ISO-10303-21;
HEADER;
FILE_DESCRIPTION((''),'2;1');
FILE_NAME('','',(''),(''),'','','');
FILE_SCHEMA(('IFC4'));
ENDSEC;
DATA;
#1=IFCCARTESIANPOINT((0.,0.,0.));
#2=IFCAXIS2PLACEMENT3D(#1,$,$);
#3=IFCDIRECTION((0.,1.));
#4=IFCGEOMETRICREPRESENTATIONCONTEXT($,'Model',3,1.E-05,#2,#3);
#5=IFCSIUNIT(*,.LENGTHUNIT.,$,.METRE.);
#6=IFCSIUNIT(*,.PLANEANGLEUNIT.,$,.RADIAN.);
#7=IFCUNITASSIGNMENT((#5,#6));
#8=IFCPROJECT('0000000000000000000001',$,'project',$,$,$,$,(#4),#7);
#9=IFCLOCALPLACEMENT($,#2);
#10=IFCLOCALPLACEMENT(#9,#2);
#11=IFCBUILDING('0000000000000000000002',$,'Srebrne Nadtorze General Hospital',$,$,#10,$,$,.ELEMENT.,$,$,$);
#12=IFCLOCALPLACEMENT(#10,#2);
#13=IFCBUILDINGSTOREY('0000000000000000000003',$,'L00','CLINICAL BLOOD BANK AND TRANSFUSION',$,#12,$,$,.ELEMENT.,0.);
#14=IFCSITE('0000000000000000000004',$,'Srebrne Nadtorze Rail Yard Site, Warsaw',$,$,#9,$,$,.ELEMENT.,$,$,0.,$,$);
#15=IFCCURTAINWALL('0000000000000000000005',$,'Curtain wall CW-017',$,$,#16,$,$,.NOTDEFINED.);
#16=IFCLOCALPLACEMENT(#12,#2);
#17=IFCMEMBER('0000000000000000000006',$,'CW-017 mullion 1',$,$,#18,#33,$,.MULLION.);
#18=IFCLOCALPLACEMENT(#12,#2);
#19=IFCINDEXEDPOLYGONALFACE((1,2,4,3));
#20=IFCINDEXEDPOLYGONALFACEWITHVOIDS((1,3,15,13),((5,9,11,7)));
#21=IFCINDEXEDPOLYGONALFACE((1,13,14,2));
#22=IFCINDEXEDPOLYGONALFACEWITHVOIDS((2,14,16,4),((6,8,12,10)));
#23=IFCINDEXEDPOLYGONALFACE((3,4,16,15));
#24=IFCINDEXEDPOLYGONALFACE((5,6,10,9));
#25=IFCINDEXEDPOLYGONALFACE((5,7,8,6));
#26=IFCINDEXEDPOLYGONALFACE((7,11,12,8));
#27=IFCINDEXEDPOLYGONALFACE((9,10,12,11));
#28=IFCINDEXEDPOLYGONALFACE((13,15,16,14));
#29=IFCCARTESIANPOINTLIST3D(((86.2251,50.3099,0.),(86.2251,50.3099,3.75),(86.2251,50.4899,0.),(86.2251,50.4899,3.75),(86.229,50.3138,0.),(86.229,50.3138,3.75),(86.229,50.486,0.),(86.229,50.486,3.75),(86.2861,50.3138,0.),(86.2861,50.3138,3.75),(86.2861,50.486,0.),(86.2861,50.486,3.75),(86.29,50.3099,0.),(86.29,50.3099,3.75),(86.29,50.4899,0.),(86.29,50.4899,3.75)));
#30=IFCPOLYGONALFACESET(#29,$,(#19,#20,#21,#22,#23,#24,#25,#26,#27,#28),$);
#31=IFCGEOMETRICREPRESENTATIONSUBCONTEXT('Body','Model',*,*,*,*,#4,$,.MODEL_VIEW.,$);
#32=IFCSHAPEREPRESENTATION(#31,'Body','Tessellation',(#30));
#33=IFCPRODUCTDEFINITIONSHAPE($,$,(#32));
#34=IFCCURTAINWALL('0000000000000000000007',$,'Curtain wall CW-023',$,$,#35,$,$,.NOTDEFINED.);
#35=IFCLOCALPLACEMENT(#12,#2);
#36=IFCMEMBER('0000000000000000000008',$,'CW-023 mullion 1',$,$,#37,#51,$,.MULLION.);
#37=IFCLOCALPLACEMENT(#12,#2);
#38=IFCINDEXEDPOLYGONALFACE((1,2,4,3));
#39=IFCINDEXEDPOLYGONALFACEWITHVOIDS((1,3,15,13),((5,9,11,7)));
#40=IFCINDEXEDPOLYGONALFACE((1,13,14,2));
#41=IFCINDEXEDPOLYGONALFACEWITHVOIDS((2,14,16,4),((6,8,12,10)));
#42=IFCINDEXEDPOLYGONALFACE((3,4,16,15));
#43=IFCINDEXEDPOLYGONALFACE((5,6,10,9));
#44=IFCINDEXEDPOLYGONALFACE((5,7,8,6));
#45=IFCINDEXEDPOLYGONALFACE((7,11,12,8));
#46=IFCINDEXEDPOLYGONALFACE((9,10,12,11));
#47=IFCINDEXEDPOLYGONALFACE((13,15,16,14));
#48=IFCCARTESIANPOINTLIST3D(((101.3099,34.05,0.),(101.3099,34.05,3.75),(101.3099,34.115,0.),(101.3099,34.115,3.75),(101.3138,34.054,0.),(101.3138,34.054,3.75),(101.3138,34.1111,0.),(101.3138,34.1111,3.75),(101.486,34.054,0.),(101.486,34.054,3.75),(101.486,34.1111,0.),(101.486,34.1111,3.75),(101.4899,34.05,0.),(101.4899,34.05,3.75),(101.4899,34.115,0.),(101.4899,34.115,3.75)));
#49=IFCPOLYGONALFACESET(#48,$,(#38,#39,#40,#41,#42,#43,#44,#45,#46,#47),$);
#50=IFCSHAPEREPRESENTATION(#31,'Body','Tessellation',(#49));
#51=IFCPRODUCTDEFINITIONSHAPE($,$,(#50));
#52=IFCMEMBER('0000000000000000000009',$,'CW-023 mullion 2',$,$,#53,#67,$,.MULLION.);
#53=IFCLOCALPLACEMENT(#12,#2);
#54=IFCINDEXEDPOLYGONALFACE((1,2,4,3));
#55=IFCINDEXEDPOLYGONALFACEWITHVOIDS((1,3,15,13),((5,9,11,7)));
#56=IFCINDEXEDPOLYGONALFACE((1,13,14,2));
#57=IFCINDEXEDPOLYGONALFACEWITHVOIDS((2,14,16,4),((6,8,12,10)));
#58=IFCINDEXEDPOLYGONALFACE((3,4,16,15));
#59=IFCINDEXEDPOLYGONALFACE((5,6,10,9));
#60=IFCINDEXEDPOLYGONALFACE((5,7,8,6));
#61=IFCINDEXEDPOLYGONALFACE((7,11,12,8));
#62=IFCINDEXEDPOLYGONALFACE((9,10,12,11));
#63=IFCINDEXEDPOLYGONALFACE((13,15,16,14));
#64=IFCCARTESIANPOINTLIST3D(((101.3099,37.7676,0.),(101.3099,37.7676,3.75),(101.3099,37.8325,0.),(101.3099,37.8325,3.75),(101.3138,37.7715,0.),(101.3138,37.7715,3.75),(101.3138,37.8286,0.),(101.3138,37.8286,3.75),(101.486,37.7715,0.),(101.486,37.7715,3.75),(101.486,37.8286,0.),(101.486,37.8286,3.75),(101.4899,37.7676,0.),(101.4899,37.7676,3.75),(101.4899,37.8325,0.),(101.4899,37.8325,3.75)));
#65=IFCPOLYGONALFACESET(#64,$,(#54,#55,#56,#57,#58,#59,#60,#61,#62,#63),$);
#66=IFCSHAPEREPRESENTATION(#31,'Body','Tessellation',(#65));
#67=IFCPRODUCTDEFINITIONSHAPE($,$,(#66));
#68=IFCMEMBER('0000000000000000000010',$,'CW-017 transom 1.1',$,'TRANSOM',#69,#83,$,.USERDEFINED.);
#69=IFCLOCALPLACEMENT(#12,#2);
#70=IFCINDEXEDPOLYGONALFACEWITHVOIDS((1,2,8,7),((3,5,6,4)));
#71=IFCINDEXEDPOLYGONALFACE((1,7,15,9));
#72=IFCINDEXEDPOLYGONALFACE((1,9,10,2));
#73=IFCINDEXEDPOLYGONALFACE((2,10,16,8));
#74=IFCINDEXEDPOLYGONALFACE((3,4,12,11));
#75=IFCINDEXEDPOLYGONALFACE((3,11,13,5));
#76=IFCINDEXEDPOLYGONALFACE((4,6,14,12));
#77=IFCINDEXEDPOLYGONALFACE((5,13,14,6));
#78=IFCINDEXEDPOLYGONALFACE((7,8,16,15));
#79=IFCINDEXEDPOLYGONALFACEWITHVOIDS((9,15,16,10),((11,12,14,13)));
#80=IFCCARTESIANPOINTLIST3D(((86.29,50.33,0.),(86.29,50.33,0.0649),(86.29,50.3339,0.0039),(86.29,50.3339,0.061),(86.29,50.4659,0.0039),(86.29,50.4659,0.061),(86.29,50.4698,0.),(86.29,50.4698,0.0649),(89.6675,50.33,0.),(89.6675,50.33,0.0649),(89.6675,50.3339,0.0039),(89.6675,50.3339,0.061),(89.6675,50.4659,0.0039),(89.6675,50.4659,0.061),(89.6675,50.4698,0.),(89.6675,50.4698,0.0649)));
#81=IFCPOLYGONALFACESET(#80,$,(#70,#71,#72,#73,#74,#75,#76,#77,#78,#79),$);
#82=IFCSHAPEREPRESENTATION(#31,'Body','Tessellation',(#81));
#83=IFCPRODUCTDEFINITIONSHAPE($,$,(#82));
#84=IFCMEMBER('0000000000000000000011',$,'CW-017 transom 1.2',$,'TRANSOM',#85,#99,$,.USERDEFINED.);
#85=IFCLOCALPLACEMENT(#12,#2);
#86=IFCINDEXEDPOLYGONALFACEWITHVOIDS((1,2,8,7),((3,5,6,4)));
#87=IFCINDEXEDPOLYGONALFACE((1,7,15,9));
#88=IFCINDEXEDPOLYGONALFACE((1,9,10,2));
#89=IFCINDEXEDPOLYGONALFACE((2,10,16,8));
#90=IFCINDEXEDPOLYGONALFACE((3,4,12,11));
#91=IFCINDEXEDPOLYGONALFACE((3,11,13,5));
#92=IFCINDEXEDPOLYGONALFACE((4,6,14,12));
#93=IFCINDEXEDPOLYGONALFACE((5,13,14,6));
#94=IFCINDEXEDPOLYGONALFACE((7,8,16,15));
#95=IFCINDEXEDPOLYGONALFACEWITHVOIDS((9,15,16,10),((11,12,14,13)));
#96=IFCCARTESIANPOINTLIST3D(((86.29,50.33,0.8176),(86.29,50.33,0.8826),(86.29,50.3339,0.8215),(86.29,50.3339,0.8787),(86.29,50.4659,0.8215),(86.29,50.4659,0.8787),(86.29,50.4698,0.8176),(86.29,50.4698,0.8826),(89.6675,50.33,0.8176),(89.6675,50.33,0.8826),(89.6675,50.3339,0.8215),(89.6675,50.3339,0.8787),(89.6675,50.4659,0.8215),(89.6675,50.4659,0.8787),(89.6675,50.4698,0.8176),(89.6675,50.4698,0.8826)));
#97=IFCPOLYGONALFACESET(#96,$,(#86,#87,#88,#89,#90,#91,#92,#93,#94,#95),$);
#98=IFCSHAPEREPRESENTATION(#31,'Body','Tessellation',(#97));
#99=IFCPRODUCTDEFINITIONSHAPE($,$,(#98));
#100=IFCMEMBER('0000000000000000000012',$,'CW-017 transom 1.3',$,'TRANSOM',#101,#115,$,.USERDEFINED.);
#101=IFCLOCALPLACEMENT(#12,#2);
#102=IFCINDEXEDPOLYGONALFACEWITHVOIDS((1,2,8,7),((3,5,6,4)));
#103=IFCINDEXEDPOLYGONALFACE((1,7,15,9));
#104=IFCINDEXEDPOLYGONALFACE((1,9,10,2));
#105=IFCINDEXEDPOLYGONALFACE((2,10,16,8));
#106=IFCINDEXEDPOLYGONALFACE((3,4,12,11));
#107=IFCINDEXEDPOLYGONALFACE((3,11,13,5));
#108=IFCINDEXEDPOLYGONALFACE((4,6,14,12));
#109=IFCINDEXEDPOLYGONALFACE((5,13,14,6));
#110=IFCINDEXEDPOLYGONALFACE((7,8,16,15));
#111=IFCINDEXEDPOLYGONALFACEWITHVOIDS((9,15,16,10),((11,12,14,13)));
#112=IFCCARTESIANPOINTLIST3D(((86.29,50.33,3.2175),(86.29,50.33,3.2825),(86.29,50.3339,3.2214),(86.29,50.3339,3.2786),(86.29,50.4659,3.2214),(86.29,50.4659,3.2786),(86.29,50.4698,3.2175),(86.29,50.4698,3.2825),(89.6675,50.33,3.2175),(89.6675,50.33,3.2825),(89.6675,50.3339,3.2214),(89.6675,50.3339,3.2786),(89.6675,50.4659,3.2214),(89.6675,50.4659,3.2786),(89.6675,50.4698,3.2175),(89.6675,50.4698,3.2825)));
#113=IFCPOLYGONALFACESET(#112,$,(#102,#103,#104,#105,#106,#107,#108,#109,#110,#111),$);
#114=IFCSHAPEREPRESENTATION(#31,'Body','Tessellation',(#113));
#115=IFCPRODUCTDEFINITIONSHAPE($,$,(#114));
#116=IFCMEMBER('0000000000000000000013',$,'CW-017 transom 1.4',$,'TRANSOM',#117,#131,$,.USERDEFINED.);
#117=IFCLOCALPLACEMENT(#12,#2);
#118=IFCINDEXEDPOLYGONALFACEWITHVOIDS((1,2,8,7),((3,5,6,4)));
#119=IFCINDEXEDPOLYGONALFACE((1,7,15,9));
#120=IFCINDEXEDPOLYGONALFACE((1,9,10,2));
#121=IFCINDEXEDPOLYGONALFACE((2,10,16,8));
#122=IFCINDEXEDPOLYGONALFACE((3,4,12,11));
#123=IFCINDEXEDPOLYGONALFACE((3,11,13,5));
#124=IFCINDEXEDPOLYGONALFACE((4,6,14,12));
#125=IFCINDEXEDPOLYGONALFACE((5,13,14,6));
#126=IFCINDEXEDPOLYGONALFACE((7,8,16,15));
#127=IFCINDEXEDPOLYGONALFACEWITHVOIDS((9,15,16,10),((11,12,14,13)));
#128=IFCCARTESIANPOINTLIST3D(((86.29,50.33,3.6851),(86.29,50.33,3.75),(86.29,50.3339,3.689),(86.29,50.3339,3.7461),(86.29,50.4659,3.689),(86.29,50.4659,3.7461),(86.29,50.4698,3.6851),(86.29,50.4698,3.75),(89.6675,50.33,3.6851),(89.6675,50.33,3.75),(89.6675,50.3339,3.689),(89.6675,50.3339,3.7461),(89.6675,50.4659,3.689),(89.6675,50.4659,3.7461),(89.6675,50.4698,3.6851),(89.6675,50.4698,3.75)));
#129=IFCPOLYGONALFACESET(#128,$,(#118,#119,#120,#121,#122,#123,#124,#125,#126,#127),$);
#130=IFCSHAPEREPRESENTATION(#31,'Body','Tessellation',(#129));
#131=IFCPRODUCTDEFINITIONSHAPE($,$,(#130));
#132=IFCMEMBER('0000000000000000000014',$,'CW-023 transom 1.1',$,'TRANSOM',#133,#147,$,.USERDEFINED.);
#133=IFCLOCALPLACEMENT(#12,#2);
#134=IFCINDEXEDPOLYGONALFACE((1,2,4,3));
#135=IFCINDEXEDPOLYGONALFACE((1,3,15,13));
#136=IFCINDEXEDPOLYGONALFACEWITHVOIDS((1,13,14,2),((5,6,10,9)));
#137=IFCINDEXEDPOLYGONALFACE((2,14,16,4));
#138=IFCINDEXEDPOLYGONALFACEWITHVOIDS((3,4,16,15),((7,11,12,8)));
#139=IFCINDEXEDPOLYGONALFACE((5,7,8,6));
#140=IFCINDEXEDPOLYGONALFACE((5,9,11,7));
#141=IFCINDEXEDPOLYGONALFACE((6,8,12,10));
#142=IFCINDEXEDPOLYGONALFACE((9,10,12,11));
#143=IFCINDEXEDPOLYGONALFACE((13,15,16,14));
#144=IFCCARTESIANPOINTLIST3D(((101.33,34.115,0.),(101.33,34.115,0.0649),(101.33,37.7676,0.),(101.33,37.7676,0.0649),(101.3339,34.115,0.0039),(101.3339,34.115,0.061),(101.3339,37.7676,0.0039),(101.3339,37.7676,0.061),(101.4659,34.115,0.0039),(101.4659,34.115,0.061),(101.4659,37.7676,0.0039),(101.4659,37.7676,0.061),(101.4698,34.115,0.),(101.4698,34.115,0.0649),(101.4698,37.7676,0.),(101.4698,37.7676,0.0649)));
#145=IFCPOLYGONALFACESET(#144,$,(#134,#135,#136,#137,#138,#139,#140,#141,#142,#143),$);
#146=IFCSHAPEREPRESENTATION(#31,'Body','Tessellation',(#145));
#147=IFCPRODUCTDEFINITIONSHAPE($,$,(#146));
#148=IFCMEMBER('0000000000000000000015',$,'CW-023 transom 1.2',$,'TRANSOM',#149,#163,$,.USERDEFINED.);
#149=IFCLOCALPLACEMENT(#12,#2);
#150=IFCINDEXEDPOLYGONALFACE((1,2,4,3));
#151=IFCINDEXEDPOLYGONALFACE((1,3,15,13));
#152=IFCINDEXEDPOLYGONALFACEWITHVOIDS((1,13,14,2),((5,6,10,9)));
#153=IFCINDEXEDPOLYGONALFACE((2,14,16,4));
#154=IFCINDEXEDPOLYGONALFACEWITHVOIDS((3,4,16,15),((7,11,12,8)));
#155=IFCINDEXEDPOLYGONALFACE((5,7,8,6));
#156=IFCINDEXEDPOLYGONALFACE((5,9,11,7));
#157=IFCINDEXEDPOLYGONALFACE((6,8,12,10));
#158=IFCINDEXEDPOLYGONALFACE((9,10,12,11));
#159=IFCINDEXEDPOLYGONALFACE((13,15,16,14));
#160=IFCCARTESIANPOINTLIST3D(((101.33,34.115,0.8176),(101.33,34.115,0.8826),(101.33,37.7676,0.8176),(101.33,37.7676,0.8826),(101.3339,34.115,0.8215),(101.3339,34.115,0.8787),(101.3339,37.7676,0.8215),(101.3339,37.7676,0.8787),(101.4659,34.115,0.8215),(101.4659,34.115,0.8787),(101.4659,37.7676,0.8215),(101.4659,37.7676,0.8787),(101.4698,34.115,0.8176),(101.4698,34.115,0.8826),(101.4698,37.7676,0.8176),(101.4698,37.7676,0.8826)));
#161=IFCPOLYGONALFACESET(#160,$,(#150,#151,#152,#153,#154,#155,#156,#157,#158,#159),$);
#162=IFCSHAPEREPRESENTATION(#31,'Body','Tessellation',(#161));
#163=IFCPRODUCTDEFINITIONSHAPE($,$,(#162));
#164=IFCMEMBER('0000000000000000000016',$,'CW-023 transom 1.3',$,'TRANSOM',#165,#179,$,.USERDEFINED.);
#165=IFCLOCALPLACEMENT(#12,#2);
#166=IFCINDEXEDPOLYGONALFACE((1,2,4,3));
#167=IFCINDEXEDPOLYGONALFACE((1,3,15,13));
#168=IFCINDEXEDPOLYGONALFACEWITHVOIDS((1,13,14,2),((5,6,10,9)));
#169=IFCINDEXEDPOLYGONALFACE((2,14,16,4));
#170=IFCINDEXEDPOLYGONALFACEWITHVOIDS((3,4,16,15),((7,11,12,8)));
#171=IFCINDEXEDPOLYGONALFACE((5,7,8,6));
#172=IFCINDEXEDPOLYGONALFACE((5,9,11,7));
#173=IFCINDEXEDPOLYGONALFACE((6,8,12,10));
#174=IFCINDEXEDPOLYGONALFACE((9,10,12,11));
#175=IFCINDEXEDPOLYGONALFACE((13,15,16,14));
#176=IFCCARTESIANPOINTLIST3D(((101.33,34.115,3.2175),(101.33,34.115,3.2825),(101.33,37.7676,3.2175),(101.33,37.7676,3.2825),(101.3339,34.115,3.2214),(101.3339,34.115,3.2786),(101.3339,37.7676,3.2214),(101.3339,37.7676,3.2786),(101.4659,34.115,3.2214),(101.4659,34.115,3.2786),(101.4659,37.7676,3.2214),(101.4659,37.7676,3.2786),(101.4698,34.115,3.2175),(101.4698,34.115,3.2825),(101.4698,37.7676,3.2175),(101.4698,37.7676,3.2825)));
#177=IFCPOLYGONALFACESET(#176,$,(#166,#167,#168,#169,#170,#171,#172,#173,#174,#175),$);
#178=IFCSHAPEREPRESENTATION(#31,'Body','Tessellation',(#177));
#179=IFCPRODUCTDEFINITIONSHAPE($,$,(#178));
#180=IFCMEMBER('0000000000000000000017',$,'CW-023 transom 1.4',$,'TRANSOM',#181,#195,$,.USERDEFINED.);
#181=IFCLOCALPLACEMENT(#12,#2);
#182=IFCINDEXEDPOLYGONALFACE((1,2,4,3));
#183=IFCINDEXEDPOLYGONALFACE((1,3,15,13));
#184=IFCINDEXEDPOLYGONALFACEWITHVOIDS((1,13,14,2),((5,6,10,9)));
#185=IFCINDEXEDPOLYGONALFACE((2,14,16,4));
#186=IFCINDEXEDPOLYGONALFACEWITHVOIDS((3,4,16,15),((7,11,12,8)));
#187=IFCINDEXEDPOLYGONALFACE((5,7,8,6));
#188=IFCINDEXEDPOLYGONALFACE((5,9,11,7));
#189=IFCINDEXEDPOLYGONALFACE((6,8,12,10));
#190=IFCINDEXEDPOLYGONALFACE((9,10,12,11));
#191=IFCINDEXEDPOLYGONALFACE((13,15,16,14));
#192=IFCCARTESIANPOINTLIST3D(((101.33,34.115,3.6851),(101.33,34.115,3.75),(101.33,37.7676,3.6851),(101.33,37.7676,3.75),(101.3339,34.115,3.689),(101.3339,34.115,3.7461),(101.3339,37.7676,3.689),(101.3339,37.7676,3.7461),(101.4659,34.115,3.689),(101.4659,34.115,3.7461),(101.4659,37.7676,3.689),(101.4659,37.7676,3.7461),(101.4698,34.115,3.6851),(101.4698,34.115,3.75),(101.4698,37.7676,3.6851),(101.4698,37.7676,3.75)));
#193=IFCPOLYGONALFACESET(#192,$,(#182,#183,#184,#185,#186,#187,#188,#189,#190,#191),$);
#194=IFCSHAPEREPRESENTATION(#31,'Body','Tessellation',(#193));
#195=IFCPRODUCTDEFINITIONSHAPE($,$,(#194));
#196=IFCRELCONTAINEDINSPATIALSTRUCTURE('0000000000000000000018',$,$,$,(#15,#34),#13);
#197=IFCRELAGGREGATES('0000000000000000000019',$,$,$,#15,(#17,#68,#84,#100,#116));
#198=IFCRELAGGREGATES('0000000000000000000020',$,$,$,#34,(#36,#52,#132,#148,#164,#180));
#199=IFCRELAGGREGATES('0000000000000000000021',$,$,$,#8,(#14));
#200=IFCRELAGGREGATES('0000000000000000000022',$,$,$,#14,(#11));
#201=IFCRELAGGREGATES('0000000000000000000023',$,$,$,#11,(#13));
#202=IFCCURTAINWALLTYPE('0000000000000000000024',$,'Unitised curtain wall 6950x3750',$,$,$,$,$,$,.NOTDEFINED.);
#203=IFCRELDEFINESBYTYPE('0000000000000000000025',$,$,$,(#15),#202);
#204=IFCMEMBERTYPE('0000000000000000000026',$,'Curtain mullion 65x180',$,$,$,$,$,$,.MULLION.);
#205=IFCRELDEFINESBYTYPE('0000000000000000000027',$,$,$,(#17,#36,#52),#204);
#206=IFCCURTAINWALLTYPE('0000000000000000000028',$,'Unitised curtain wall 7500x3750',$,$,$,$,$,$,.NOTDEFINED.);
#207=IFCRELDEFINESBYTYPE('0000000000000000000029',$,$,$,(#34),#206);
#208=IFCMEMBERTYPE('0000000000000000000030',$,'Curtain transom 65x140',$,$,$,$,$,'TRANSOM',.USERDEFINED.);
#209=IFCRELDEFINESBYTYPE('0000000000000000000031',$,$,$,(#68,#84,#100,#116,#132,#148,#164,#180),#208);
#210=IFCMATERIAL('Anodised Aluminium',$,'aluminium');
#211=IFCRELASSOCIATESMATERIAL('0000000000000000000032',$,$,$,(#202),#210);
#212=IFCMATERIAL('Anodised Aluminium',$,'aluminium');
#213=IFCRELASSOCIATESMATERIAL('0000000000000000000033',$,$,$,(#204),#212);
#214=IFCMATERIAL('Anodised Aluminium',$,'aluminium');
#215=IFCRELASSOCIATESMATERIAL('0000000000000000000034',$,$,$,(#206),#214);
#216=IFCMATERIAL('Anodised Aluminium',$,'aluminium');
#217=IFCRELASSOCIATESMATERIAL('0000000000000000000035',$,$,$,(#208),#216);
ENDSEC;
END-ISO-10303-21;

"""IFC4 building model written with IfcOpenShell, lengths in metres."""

from ifc_helpers import new_model, si_unit, direction, frame, origin, origin_2d, place, context, subcontext, project, spatial, hollow_rectangle, extrude, material, material_profile, profile_set, type_object, element, aggregate, save


model = new_model("IFC4")

# Units and contexts
model_context = context("Model", 3, precision=1e-05, world=origin(), true_north=direction((0.0, 1.0)))
body_context = subcontext(model_context, "Body", "Model", "MODEL_VIEW")
ifc_project = project(units=[si_unit("LENGTHUNIT", "METRE"), si_unit("PLANEANGLEUNIT", "RADIAN")], contexts=[model_context])

# Site, building, storey
site_placement = place(None, origin())
site = spatial("IfcSite", under=ifc_project, at=site_placement, Name="Srebrne Nadtorze Rail Yard Site, Warsaw", CompositionType="ELEMENT", RefElevation=0.0)
building_placement = place(site_placement, origin())
building = spatial("IfcBuilding", under=site, at=building_placement, Name="Srebrne Nadtorze General Hospital", CompositionType="ELEMENT")
storey_placement = place(building_placement, origin())
storey = spatial("IfcBuildingStorey", under=building, at=storey_placement, Name="L00", Description="CLINICAL BLOOD BANK AND TRANSFUSION", CompositionType="ELEMENT", Elevation=0.0)

# Curtain wall, member
ifc_material_1 = material(Name="Anodised Aluminium", Category="aluminium")
curtain_wall_type_1 = type_object("IfcCurtainWallType", Name="Unitised curtain wall 6950x3750", PredefinedType="NOTDEFINED", material=ifc_material_1)
curtain_wall_1_placement = place(storey_placement, origin())
curtain_wall_1 = element("IfcCurtainWall", 1, at=curtain_wall_1_placement, inside=storey, type_object=curtain_wall_type_1, Name="Curtain wall CW-017", PredefinedType="NOTDEFINED")
ifc_material_2 = material(Name="Anodised Aluminium", Category="aluminium")
ifc_material_profile_1 = material_profile(ifc_material_2, hollow_rectangle(XDim=0.0649, YDim=0.1799, WallThickness=0.0039, at=origin_2d()), Name="AL-MUL-65x180")
ifc_profile_set_1 = profile_set([ifc_material_profile_1], Name="Anodised Aluminium")
member_type_1 = type_object("IfcMemberType", Name="Curtain mullion 65x180", PredefinedType="MULLION", material=ifc_profile_set_1)
member_1_placement = place(storey_placement, frame((86.2576, 50.3999, 0.0), z_axis=(0.0, 0.0, 1.0), x_axis=(1.0, 0.0, 0.0)))
member_1 = element("IfcMember", 2, at=member_1_placement, type_object=member_type_1, Name="CW-017 mullion 1", PredefinedType="MULLION", context=body_context, shape_type="SweptSolid", body=[
    extrude(hollow_rectangle(XDim=0.0649, YDim=0.1799, WallThickness=0.0039, at=origin_2d()), origin(), (0.0, 0.0, 1.0), 3.75),
])

# Curtain wall, members
ifc_material_3 = material(Name="Anodised Aluminium", Category="aluminium")
curtain_wall_type_2 = type_object("IfcCurtainWallType", Name="Unitised curtain wall 7500x3750", PredefinedType="NOTDEFINED", material=ifc_material_3)
curtain_wall_2_placement = place(storey_placement, origin())
curtain_wall_2 = element("IfcCurtainWall", 3, at=curtain_wall_2_placement, inside=storey, type_object=curtain_wall_type_2, Name="Curtain wall CW-023", PredefinedType="NOTDEFINED")
member_2_placement = place(storey_placement, frame((101.3999, 34.0825, 0.0), z_axis=(0.0, 0.0, 1.0), x_axis=(0.0, 1.0, 0.0)))
member_2 = element("IfcMember", 4, at=member_2_placement, type_object=member_type_1, Name="CW-023 mullion 1", PredefinedType="MULLION", context=body_context, shape_type="SweptSolid", body=[
    extrude(hollow_rectangle(XDim=0.0649, YDim=0.1799, WallThickness=0.0039, at=origin_2d()), origin(), (0.0, 0.0, 1.0), 3.75),
])
member_3_placement = place(storey_placement, frame((101.3999, 37.8, 0.0), z_axis=(0.0, 0.0, 1.0), x_axis=(0.0, 1.0, 0.0)))
member_3 = element("IfcMember", 5, at=member_3_placement, type_object=member_type_1, Name="CW-023 mullion 2", PredefinedType="MULLION", context=body_context, shape_type="SweptSolid", body=[
    extrude(hollow_rectangle(XDim=0.0649, YDim=0.1799, WallThickness=0.0039, at=origin_2d()), origin(), (0.0, 0.0, 1.0), 3.75),
])

# Members
ifc_material_4 = material(Name="Anodised Aluminium", Category="aluminium")
ifc_material_profile_2 = material_profile(ifc_material_4, hollow_rectangle(XDim=0.0649, YDim=0.1399, WallThickness=0.0039, at=origin_2d()), Name="AL-TRN-65x140")
ifc_profile_set_2 = profile_set([ifc_material_profile_2], Name="Anodised Aluminium")
member_type_2 = type_object("IfcMemberType", Name="Curtain transom 65x140", ElementType="TRANSOM", PredefinedType="USERDEFINED", material=ifc_profile_set_2)
member_4_placement = place(storey_placement, frame((86.29, 50.3999, 0.0325), z_axis=(1.0, 0.0, 0.0), x_axis=(0.0, 0.0, 1.0)))
member_4 = element("IfcMember", 6, at=member_4_placement, type_object=member_type_2, Name="CW-017 transom 1.1", ObjectType="TRANSOM", PredefinedType="USERDEFINED", context=body_context, shape_type="SweptSolid", body=[
    extrude(hollow_rectangle(XDim=0.0649, YDim=0.1399, WallThickness=0.0039, at=origin_2d()), origin(), (0.0, 0.0, 1.0), 3.3774),
])
member_5_placement = place(storey_placement, frame((86.29, 50.3999, 0.8501), z_axis=(1.0, 0.0, 0.0), x_axis=(0.0, 0.0, 1.0)))
member_5 = element("IfcMember", 7, at=member_5_placement, type_object=member_type_2, Name="CW-017 transom 1.2", ObjectType="TRANSOM", PredefinedType="USERDEFINED", context=body_context, shape_type="SweptSolid", body=[
    extrude(hollow_rectangle(XDim=0.0649, YDim=0.1399, WallThickness=0.0039, at=origin_2d()), origin(), (0.0, 0.0, 1.0), 3.3774),
])
member_6_placement = place(storey_placement, frame((86.29, 50.3999, 3.25), z_axis=(1.0, 0.0, 0.0), x_axis=(0.0, 0.0, 1.0)))
member_6 = element("IfcMember", 8, at=member_6_placement, type_object=member_type_2, Name="CW-017 transom 1.3", ObjectType="TRANSOM", PredefinedType="USERDEFINED", context=body_context, shape_type="SweptSolid", body=[
    extrude(hollow_rectangle(XDim=0.0649, YDim=0.1399, WallThickness=0.0039, at=origin_2d()), origin(), (0.0, 0.0, 1.0), 3.3774),
])
member_7_placement = place(storey_placement, frame((86.29, 50.3999, 3.7175), z_axis=(1.0, 0.0, 0.0), x_axis=(0.0, 0.0, 1.0)))
member_7 = element("IfcMember", 9, at=member_7_placement, type_object=member_type_2, Name="CW-017 transom 1.4", ObjectType="TRANSOM", PredefinedType="USERDEFINED", context=body_context, shape_type="SweptSolid", body=[
    extrude(hollow_rectangle(XDim=0.0649, YDim=0.1399, WallThickness=0.0039, at=origin_2d()), origin(), (0.0, 0.0, 1.0), 3.3774),
])
member_8_placement = place(storey_placement, frame((101.3999, 34.115, 0.0325), z_axis=(0.0, 1.0, 0.0), x_axis=(0.0, 0.0, 1.0)))
member_8 = element("IfcMember", 10, at=member_8_placement, type_object=member_type_2, Name="CW-023 transom 1.1", ObjectType="TRANSOM", PredefinedType="USERDEFINED", context=body_context, shape_type="SweptSolid", body=[
    extrude(hollow_rectangle(XDim=0.0649, YDim=0.1399, WallThickness=0.0039, at=origin_2d()), origin(), (0.0, 0.0, 1.0), 3.6526),
])
member_9_placement = place(storey_placement, frame((101.3999, 34.115, 0.8501), z_axis=(0.0, 1.0, 0.0), x_axis=(0.0, 0.0, 1.0)))
member_9 = element("IfcMember", 11, at=member_9_placement, type_object=member_type_2, Name="CW-023 transom 1.2", ObjectType="TRANSOM", PredefinedType="USERDEFINED", context=body_context, shape_type="SweptSolid", body=[
    extrude(hollow_rectangle(XDim=0.0649, YDim=0.1399, WallThickness=0.0039, at=origin_2d()), origin(), (0.0, 0.0, 1.0), 3.6526),
])
member_10_placement = place(storey_placement, frame((101.3999, 34.115, 3.25), z_axis=(0.0, 1.0, 0.0), x_axis=(0.0, 0.0, 1.0)))
member_10 = element("IfcMember", 12, at=member_10_placement, type_object=member_type_2, Name="CW-023 transom 1.3", ObjectType="TRANSOM", PredefinedType="USERDEFINED", context=body_context, shape_type="SweptSolid", body=[
    extrude(hollow_rectangle(XDim=0.0649, YDim=0.1399, WallThickness=0.0039, at=origin_2d()), origin(), (0.0, 0.0, 1.0), 3.6526),
])
member_11_placement = place(storey_placement, frame((101.3999, 34.115, 3.7175), z_axis=(0.0, 1.0, 0.0), x_axis=(0.0, 0.0, 1.0)))
member_11 = element("IfcMember", 13, at=member_11_placement, type_object=member_type_2, Name="CW-023 transom 1.4", ObjectType="TRANSOM", PredefinedType="USERDEFINED", context=body_context, shape_type="SweptSolid", body=[
    extrude(hollow_rectangle(XDim=0.0649, YDim=0.1399, WallThickness=0.0039, at=origin_2d()), origin(), (0.0, 0.0, 1.0), 3.6526),
])

aggregate(curtain_wall_1, [member_1, member_4, member_5, member_6, member_7])
aggregate(curtain_wall_2, [member_2, member_3, member_8, member_9, member_10, member_11])

save(model, "model.ifc")
